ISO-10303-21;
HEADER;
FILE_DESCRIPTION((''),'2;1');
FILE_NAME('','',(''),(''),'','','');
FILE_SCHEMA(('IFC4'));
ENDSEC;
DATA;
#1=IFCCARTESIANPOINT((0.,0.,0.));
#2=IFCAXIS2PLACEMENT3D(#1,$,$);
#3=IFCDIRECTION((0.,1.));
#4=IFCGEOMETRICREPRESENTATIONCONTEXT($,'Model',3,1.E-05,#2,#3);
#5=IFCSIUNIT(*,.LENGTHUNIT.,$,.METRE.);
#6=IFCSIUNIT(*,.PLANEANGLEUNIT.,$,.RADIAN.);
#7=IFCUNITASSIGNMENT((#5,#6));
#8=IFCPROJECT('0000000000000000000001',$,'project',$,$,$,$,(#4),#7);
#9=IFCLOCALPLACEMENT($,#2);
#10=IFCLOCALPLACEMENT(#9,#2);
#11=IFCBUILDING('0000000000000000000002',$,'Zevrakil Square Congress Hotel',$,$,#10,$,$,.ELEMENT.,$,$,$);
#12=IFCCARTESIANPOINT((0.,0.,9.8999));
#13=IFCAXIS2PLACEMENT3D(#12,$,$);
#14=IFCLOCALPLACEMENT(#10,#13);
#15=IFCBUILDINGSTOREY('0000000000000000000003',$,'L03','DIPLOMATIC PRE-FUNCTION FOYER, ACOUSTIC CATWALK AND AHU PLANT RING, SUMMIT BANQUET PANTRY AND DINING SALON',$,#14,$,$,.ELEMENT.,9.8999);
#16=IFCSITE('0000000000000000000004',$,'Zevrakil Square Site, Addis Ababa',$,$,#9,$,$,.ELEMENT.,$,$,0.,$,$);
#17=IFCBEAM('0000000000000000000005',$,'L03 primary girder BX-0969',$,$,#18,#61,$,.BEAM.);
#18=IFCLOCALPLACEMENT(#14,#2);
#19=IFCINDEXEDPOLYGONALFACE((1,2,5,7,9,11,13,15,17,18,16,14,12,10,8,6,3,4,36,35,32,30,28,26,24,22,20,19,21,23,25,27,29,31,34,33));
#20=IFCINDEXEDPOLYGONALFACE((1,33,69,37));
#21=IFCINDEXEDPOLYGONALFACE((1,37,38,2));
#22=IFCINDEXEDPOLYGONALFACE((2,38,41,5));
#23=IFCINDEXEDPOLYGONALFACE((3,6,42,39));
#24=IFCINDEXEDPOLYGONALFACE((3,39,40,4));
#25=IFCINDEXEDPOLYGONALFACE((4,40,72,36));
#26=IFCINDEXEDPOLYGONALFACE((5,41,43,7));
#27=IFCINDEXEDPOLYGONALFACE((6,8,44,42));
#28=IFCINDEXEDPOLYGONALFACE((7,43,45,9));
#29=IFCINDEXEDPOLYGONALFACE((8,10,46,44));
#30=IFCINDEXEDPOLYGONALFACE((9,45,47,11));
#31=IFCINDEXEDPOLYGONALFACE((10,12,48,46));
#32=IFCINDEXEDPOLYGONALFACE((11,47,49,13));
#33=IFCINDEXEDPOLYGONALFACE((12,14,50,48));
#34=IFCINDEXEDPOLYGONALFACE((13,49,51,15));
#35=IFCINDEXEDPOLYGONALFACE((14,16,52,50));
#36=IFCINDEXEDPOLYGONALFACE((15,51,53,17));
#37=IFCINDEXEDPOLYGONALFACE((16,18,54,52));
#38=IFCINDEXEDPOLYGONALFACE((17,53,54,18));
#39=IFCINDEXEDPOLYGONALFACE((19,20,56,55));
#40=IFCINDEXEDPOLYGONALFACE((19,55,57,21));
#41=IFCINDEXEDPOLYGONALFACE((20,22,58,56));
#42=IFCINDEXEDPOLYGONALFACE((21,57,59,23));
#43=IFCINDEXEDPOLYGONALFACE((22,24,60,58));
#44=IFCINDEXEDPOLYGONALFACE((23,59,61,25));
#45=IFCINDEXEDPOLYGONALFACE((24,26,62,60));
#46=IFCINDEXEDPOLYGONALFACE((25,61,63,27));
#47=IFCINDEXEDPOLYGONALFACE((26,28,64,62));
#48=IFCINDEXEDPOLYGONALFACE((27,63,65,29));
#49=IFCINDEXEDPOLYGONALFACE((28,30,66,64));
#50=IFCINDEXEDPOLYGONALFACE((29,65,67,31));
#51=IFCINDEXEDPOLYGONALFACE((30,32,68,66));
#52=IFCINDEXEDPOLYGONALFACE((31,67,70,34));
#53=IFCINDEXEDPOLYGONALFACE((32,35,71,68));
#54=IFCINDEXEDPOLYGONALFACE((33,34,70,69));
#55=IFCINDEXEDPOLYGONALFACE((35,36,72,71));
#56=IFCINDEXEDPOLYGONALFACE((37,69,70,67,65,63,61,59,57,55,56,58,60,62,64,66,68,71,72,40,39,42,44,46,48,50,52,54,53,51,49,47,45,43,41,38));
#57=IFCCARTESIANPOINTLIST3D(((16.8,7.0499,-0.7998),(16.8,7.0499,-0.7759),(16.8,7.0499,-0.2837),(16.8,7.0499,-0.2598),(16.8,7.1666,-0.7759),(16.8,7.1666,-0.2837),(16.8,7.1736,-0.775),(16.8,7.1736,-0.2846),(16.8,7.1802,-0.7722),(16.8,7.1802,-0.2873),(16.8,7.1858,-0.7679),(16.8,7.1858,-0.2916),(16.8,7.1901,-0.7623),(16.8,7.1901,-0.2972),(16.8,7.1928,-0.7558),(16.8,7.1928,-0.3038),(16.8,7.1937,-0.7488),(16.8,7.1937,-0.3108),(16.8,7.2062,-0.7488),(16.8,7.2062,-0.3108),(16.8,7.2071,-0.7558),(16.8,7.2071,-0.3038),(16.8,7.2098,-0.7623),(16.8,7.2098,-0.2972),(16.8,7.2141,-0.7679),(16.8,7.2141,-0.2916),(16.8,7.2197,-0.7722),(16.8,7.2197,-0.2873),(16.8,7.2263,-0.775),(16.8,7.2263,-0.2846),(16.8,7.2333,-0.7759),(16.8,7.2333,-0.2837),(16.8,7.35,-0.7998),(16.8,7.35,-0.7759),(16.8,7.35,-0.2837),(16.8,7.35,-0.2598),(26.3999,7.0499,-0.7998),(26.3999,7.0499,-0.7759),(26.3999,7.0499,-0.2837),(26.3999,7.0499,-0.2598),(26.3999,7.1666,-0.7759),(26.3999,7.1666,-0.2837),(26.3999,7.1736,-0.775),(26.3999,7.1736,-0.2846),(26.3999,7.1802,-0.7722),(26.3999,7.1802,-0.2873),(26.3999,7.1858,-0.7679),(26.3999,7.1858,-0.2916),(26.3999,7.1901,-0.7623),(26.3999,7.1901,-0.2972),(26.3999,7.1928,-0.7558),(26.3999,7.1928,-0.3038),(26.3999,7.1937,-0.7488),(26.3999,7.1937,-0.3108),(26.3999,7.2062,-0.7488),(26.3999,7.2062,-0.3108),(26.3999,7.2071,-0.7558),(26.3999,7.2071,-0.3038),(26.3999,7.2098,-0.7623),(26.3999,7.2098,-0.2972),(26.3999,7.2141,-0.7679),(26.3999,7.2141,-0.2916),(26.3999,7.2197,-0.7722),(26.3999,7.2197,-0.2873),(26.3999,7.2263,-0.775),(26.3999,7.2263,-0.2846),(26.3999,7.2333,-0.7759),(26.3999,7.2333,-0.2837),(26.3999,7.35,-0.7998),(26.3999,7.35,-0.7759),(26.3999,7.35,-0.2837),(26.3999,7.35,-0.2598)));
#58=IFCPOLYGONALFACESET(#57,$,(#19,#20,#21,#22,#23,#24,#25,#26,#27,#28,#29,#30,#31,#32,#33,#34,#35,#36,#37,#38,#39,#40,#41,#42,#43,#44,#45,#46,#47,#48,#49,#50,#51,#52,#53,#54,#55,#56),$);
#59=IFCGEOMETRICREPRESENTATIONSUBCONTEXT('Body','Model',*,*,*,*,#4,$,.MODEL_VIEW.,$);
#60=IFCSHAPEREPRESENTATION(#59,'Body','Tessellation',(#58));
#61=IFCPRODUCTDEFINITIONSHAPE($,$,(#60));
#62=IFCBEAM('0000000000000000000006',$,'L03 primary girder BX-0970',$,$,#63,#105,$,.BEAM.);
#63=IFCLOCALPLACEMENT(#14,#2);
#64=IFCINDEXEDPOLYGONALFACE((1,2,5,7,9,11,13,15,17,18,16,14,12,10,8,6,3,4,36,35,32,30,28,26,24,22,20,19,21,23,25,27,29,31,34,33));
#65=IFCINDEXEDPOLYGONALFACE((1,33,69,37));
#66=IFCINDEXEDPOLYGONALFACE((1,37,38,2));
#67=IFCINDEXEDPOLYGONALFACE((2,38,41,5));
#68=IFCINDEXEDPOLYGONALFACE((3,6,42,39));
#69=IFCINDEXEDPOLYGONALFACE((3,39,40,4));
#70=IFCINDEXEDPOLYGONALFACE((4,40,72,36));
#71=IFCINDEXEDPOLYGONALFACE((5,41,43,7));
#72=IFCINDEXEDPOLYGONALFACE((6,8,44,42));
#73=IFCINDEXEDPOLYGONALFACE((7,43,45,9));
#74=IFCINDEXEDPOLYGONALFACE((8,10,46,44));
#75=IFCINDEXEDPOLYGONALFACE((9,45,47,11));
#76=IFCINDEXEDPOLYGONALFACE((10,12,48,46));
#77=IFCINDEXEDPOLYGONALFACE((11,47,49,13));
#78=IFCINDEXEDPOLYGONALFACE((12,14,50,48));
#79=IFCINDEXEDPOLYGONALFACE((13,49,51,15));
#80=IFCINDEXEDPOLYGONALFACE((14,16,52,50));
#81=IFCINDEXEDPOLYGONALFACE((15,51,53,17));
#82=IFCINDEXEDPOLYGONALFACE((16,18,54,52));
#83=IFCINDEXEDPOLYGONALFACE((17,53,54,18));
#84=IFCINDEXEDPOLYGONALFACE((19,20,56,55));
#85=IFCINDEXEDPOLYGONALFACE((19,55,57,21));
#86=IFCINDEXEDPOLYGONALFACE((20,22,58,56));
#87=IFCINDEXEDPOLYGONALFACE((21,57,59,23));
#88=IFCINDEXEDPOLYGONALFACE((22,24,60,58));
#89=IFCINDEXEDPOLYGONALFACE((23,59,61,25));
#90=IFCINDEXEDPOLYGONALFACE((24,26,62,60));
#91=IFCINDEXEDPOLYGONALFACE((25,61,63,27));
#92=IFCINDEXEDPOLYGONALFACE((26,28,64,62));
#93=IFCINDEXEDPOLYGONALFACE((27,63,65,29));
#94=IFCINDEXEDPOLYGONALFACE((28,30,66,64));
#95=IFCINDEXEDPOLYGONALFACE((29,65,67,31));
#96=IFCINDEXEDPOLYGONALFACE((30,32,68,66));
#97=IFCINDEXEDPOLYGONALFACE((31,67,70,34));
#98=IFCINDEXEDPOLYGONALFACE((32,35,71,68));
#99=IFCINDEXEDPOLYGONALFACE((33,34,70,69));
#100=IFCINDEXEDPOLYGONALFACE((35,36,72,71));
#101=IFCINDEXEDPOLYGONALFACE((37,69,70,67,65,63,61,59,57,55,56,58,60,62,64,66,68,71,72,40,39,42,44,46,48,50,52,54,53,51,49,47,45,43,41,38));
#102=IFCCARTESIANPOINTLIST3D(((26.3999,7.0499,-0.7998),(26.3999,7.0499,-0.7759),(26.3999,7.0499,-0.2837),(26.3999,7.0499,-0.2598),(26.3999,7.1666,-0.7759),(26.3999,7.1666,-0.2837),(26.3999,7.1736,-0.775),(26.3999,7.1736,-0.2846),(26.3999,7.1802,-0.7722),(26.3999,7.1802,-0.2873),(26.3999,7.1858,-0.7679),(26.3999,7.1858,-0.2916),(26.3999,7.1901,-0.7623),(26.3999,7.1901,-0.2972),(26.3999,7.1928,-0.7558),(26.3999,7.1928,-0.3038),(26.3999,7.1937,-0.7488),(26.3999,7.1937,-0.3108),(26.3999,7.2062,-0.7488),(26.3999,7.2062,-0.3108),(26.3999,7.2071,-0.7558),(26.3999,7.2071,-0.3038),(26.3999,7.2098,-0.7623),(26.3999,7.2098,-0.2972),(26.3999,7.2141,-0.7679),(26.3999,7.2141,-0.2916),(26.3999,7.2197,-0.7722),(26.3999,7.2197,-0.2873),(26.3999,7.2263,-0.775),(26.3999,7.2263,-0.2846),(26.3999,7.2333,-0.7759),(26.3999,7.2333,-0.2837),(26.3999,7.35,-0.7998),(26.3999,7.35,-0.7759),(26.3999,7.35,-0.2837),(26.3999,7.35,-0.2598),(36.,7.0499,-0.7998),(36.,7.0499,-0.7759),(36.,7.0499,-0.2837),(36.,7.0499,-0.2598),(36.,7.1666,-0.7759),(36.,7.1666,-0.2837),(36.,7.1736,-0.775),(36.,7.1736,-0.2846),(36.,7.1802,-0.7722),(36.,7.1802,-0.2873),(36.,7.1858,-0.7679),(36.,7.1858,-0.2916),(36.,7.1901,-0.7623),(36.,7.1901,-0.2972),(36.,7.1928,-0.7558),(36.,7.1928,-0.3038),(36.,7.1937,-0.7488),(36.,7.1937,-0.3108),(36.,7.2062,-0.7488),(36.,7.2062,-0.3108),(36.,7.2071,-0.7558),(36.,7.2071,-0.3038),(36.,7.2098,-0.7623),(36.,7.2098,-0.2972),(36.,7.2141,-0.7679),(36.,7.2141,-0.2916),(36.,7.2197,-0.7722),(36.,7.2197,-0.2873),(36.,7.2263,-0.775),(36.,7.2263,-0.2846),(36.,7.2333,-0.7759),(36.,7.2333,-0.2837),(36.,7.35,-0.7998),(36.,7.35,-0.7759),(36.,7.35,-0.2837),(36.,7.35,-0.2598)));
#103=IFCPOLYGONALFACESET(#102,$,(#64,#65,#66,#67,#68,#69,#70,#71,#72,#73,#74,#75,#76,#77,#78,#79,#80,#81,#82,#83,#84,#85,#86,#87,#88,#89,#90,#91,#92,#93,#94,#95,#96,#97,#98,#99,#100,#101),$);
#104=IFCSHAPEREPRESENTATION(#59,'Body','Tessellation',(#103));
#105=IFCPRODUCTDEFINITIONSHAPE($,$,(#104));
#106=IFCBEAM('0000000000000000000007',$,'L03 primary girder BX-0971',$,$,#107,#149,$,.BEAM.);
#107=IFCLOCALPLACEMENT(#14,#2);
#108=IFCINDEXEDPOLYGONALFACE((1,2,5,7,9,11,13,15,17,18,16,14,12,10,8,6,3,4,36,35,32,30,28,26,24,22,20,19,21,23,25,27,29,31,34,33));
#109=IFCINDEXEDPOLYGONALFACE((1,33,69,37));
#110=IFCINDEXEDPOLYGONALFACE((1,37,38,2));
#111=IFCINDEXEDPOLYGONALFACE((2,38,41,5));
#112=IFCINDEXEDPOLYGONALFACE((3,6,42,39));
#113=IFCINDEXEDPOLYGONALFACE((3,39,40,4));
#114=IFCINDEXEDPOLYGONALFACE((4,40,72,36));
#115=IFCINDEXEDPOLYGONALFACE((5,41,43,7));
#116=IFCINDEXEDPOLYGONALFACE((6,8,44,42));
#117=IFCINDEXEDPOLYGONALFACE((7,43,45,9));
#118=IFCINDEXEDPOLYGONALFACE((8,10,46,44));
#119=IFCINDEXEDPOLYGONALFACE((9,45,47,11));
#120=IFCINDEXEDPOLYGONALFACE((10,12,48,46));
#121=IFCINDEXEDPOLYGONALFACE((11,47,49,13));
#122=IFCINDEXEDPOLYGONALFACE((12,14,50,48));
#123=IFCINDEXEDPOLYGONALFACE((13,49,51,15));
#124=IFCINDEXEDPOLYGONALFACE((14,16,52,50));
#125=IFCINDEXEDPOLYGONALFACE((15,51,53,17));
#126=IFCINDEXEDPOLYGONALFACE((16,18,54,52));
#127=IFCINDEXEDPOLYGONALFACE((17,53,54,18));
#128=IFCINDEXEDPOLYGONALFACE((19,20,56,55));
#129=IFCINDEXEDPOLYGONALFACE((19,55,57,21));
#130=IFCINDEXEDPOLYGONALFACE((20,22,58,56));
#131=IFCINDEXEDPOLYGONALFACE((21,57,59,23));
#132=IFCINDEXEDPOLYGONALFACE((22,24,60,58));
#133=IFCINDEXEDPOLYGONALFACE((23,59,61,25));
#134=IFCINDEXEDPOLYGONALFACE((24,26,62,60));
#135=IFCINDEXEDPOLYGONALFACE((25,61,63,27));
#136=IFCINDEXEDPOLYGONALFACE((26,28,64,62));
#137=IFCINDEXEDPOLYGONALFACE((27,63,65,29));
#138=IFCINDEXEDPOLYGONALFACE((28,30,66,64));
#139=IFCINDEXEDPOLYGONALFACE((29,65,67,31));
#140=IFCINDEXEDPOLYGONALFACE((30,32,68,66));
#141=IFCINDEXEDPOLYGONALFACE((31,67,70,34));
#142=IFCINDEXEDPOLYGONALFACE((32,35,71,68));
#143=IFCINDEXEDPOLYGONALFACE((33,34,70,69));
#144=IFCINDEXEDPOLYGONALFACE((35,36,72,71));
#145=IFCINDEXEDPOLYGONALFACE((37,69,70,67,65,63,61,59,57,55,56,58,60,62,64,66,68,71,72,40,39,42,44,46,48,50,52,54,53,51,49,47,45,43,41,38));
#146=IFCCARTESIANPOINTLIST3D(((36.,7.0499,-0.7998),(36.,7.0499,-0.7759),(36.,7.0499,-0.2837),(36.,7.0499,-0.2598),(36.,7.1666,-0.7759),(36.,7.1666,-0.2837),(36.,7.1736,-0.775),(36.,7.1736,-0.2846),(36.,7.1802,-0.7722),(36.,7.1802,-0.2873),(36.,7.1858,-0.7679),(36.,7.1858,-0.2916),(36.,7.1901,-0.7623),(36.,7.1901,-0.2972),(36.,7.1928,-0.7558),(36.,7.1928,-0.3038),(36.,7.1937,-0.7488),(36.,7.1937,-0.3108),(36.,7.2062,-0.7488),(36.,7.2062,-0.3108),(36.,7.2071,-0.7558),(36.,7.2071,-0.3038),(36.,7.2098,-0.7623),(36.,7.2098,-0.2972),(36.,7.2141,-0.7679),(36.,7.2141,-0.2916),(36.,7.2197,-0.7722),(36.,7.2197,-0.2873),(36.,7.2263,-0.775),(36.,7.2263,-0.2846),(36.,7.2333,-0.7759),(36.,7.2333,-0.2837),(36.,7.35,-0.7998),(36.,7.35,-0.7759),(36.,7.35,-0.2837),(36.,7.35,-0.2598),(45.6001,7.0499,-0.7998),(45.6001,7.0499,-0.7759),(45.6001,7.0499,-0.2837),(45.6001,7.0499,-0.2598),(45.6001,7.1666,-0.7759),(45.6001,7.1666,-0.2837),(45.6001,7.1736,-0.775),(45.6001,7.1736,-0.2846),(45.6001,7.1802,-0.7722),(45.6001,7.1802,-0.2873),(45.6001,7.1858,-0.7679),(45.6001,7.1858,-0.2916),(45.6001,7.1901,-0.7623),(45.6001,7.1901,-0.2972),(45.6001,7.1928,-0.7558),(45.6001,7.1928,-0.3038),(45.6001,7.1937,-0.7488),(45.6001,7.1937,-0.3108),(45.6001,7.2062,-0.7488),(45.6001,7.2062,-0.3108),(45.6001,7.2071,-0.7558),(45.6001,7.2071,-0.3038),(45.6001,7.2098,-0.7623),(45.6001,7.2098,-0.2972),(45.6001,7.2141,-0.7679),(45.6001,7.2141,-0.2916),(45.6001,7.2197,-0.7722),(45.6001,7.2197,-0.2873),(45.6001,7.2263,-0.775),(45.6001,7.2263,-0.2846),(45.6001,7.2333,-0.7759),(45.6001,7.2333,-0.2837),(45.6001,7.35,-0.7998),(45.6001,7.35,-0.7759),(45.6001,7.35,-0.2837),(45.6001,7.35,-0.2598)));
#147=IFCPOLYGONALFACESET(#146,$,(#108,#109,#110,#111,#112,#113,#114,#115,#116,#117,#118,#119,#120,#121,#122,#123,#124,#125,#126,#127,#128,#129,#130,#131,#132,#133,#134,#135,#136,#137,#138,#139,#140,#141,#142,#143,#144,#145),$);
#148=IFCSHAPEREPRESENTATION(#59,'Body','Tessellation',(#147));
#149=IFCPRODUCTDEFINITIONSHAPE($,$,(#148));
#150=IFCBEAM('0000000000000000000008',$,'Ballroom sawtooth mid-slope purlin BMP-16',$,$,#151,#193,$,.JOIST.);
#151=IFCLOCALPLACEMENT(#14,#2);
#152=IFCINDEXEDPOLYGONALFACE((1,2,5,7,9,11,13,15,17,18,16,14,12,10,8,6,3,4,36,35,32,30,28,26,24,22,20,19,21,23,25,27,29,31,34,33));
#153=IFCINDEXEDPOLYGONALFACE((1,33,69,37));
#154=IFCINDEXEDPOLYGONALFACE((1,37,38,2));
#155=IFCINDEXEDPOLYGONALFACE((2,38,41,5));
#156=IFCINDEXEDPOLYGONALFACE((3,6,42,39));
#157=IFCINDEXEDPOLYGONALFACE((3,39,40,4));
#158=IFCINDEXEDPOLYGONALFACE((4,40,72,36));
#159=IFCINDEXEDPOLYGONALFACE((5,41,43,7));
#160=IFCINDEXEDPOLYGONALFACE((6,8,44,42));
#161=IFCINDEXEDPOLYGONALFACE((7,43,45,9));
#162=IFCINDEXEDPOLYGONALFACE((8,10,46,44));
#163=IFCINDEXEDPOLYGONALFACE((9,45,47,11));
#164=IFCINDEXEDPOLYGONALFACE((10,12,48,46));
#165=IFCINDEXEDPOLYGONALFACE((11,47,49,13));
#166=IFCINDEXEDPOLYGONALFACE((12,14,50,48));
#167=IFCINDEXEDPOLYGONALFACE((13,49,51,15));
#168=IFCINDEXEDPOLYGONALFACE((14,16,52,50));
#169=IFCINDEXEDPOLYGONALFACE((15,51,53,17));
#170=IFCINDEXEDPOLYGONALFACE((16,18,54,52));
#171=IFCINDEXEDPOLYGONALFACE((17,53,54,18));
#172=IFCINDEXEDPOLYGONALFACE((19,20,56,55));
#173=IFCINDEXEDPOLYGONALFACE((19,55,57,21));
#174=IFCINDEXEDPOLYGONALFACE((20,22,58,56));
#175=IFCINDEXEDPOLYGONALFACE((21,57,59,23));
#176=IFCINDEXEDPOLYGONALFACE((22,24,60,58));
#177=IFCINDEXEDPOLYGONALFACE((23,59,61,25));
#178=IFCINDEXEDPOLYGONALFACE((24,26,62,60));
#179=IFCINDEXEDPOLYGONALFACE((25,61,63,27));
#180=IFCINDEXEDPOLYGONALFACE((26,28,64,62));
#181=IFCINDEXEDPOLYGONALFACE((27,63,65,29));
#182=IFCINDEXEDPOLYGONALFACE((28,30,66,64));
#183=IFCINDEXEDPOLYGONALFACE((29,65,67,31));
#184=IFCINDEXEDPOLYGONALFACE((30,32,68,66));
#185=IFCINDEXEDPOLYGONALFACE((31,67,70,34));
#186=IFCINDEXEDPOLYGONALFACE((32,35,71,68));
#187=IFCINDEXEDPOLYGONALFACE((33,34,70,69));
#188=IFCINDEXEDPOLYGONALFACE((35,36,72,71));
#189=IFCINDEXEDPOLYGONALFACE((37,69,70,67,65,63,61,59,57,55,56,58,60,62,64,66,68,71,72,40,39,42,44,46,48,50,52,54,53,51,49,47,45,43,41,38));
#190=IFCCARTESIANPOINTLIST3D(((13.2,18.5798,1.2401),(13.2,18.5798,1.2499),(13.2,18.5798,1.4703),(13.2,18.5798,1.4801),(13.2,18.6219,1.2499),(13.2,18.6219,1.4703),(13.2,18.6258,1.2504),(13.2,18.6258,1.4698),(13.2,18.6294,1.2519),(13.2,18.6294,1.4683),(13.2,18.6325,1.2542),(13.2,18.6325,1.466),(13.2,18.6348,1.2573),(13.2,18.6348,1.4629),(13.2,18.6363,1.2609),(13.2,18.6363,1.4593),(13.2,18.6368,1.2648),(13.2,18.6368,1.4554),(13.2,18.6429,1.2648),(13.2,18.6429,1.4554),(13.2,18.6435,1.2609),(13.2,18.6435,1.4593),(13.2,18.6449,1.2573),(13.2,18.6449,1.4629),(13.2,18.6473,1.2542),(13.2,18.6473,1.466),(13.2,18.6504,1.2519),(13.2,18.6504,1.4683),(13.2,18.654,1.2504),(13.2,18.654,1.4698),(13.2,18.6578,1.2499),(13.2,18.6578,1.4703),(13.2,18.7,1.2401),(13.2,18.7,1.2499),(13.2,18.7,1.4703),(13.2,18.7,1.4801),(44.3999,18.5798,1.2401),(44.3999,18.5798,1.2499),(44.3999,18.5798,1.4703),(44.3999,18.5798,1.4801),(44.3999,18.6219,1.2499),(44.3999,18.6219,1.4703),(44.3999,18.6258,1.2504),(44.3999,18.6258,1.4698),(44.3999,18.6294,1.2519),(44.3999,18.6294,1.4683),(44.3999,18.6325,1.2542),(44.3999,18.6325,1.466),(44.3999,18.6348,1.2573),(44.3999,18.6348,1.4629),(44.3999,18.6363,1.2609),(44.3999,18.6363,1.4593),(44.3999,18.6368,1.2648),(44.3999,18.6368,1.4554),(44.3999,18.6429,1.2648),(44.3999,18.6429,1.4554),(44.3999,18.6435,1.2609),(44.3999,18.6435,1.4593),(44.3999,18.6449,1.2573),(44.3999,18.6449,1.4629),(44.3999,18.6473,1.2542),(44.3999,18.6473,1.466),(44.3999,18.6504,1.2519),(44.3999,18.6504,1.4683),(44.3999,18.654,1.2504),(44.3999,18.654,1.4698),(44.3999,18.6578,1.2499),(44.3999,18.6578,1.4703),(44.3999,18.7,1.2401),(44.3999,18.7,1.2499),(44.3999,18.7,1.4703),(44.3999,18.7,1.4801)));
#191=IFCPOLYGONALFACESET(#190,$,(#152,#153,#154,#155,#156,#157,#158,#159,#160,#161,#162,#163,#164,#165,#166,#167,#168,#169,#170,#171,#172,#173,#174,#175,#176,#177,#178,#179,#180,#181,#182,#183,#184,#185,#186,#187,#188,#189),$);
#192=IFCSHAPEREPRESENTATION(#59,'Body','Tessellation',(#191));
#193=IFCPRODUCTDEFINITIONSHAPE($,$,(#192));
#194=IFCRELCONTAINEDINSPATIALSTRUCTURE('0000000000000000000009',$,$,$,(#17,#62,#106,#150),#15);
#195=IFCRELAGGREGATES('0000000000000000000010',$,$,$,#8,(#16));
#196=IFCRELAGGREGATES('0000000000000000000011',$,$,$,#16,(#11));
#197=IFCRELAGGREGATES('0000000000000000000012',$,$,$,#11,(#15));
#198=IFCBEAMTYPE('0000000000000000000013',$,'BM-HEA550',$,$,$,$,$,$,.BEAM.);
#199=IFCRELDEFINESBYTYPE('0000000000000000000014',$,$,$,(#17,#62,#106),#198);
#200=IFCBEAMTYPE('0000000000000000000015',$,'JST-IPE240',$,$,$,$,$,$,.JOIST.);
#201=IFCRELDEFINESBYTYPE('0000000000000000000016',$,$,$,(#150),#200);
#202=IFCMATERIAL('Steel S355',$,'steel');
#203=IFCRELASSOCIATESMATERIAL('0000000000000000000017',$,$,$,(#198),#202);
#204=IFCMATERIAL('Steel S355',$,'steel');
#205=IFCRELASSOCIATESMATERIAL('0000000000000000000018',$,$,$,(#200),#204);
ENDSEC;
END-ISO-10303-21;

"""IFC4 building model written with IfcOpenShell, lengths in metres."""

from ifc_helpers import new_model, si_unit, direction, frame, origin, origin_2d, place, context, subcontext, project, spatial, i_section, extrude, material, material_profile, profile_set, type_object, element, save


model = new_model("IFC4")

# Units and contexts
model_context = context("Model", 3, precision=1e-05, world=origin(), true_north=direction((0.0, 1.0)))
body_context = subcontext(model_context, "Body", "Model", "MODEL_VIEW")
ifc_project = project(units=[si_unit("LENGTHUNIT", "METRE"), si_unit("PLANEANGLEUNIT", "RADIAN")], contexts=[model_context])

# Site, building, storey
site_placement = place(None, origin())
site = spatial("IfcSite", under=ifc_project, at=site_placement, Name="Zevrakil Square Site, Addis Ababa", CompositionType="ELEMENT", RefElevation=0.0)
building_placement = place(site_placement, origin())
building = spatial("IfcBuilding", under=site, at=building_placement, Name="Zevrakil Square Congress Hotel", CompositionType="ELEMENT")
storey_placement = place(building_placement, frame((0.0, 0.0, 9.8999)))
storey = spatial("IfcBuildingStorey", under=building, at=storey_placement, Name="L03", Description="DIPLOMATIC PRE-FUNCTION FOYER, ACOUSTIC CATWALK AND AHU PLANT RING, SUMMIT BANQUET PANTRY AND DINING SALON", CompositionType="ELEMENT", Elevation=9.8999)

# Beams
ifc_material_1 = material(Name="Steel S355", Category="steel")
ifc_material_profile_1 = material_profile(ifc_material_1, i_section(OverallWidth=0.3, OverallDepth=0.54, WebThickness=0.0125, FlangeThickness=0.0239, FilletRadius=0.0271, at=origin_2d()), Name="HEA 550")
ifc_profile_set_1 = profile_set([ifc_material_profile_1], Name="Steel S355")
beam_type_1 = type_object("IfcBeamType", Name="BM-HEA550", PredefinedType="BEAM", material=ifc_profile_set_1)
beam_1_placement = place(storey_placement, frame((16.8, 7.2, -0.5298), z_axis=(1.0, 0.0, 0.0), x_axis=(0.0, 1.0, 0.0)))
element("IfcBeam", 1, at=beam_1_placement, inside=storey, type_object=beam_type_1, Name="L03 primary girder BX-0969", PredefinedType="BEAM", context=body_context, shape_type="SweptSolid", body=[
    extrude(i_section(OverallWidth=0.3, OverallDepth=0.54, WebThickness=0.0125, FlangeThickness=0.0239, FilletRadius=0.0271, at=origin_2d()), origin(), (0.0, 0.0, 1.0), 9.5999),
])
for number, where, z_axis, x_axis, name in (
    (2, (26.3999, 7.2, -0.5298), (1.0, 0.0, 0.0), (0.0, 1.0, 0.0), "L03 primary girder BX-0970"),
    (3, (36.0, 7.2, -0.5298), (1.0, 0.0, 0.0), (0.0, 1.0, 0.0), "L03 primary girder BX-0971"),
):
    element("IfcBeam", number, at=place(storey_placement, frame(where, z_axis=z_axis, x_axis=x_axis)), inside=storey, type_object=beam_type_1, Name=name, PredefinedType="BEAM", context=body_context, shape_type="SweptSolid", body=[
        extrude(i_section(OverallWidth=0.3, OverallDepth=0.54, WebThickness=0.0125, FlangeThickness=0.0239, FilletRadius=0.0271, at=origin_2d()), origin(), (0.0, 0.0, 1.0), 9.6001),
    ])
ifc_material_2 = material(Name="Steel S355", Category="steel")
ifc_material_profile_2 = material_profile(ifc_material_2, i_section(OverallWidth=0.1201, OverallDepth=0.24, WebThickness=0.0061, FlangeThickness=0.0098, FilletRadius=0.0149, at=origin_2d()), Name="IPE 240")
ifc_profile_set_2 = profile_set([ifc_material_profile_2], Name="Steel S355")
beam_type_2 = type_object("IfcBeamType", Name="JST-IPE240", PredefinedType="JOIST", material=ifc_profile_set_2)
beam_2_placement = place(storey_placement, frame((13.2, 18.6399, 1.3601), z_axis=(1.0, 0.0, 0.0), x_axis=(0.0, 1.0, 0.0)))
element("IfcBeam", 4, at=beam_2_placement, inside=storey, type_object=beam_type_2, Name="Ballroom sawtooth mid-slope purlin BMP-16", PredefinedType="JOIST", context=body_context, shape_type="SweptSolid", body=[
    extrude(i_section(OverallWidth=0.1201, OverallDepth=0.24, WebThickness=0.0061, FlangeThickness=0.0098, FilletRadius=0.0149, at=origin_2d()), origin(), (0.0, 0.0, 1.0), 31.2),
])

save(model, "model.ifc")
